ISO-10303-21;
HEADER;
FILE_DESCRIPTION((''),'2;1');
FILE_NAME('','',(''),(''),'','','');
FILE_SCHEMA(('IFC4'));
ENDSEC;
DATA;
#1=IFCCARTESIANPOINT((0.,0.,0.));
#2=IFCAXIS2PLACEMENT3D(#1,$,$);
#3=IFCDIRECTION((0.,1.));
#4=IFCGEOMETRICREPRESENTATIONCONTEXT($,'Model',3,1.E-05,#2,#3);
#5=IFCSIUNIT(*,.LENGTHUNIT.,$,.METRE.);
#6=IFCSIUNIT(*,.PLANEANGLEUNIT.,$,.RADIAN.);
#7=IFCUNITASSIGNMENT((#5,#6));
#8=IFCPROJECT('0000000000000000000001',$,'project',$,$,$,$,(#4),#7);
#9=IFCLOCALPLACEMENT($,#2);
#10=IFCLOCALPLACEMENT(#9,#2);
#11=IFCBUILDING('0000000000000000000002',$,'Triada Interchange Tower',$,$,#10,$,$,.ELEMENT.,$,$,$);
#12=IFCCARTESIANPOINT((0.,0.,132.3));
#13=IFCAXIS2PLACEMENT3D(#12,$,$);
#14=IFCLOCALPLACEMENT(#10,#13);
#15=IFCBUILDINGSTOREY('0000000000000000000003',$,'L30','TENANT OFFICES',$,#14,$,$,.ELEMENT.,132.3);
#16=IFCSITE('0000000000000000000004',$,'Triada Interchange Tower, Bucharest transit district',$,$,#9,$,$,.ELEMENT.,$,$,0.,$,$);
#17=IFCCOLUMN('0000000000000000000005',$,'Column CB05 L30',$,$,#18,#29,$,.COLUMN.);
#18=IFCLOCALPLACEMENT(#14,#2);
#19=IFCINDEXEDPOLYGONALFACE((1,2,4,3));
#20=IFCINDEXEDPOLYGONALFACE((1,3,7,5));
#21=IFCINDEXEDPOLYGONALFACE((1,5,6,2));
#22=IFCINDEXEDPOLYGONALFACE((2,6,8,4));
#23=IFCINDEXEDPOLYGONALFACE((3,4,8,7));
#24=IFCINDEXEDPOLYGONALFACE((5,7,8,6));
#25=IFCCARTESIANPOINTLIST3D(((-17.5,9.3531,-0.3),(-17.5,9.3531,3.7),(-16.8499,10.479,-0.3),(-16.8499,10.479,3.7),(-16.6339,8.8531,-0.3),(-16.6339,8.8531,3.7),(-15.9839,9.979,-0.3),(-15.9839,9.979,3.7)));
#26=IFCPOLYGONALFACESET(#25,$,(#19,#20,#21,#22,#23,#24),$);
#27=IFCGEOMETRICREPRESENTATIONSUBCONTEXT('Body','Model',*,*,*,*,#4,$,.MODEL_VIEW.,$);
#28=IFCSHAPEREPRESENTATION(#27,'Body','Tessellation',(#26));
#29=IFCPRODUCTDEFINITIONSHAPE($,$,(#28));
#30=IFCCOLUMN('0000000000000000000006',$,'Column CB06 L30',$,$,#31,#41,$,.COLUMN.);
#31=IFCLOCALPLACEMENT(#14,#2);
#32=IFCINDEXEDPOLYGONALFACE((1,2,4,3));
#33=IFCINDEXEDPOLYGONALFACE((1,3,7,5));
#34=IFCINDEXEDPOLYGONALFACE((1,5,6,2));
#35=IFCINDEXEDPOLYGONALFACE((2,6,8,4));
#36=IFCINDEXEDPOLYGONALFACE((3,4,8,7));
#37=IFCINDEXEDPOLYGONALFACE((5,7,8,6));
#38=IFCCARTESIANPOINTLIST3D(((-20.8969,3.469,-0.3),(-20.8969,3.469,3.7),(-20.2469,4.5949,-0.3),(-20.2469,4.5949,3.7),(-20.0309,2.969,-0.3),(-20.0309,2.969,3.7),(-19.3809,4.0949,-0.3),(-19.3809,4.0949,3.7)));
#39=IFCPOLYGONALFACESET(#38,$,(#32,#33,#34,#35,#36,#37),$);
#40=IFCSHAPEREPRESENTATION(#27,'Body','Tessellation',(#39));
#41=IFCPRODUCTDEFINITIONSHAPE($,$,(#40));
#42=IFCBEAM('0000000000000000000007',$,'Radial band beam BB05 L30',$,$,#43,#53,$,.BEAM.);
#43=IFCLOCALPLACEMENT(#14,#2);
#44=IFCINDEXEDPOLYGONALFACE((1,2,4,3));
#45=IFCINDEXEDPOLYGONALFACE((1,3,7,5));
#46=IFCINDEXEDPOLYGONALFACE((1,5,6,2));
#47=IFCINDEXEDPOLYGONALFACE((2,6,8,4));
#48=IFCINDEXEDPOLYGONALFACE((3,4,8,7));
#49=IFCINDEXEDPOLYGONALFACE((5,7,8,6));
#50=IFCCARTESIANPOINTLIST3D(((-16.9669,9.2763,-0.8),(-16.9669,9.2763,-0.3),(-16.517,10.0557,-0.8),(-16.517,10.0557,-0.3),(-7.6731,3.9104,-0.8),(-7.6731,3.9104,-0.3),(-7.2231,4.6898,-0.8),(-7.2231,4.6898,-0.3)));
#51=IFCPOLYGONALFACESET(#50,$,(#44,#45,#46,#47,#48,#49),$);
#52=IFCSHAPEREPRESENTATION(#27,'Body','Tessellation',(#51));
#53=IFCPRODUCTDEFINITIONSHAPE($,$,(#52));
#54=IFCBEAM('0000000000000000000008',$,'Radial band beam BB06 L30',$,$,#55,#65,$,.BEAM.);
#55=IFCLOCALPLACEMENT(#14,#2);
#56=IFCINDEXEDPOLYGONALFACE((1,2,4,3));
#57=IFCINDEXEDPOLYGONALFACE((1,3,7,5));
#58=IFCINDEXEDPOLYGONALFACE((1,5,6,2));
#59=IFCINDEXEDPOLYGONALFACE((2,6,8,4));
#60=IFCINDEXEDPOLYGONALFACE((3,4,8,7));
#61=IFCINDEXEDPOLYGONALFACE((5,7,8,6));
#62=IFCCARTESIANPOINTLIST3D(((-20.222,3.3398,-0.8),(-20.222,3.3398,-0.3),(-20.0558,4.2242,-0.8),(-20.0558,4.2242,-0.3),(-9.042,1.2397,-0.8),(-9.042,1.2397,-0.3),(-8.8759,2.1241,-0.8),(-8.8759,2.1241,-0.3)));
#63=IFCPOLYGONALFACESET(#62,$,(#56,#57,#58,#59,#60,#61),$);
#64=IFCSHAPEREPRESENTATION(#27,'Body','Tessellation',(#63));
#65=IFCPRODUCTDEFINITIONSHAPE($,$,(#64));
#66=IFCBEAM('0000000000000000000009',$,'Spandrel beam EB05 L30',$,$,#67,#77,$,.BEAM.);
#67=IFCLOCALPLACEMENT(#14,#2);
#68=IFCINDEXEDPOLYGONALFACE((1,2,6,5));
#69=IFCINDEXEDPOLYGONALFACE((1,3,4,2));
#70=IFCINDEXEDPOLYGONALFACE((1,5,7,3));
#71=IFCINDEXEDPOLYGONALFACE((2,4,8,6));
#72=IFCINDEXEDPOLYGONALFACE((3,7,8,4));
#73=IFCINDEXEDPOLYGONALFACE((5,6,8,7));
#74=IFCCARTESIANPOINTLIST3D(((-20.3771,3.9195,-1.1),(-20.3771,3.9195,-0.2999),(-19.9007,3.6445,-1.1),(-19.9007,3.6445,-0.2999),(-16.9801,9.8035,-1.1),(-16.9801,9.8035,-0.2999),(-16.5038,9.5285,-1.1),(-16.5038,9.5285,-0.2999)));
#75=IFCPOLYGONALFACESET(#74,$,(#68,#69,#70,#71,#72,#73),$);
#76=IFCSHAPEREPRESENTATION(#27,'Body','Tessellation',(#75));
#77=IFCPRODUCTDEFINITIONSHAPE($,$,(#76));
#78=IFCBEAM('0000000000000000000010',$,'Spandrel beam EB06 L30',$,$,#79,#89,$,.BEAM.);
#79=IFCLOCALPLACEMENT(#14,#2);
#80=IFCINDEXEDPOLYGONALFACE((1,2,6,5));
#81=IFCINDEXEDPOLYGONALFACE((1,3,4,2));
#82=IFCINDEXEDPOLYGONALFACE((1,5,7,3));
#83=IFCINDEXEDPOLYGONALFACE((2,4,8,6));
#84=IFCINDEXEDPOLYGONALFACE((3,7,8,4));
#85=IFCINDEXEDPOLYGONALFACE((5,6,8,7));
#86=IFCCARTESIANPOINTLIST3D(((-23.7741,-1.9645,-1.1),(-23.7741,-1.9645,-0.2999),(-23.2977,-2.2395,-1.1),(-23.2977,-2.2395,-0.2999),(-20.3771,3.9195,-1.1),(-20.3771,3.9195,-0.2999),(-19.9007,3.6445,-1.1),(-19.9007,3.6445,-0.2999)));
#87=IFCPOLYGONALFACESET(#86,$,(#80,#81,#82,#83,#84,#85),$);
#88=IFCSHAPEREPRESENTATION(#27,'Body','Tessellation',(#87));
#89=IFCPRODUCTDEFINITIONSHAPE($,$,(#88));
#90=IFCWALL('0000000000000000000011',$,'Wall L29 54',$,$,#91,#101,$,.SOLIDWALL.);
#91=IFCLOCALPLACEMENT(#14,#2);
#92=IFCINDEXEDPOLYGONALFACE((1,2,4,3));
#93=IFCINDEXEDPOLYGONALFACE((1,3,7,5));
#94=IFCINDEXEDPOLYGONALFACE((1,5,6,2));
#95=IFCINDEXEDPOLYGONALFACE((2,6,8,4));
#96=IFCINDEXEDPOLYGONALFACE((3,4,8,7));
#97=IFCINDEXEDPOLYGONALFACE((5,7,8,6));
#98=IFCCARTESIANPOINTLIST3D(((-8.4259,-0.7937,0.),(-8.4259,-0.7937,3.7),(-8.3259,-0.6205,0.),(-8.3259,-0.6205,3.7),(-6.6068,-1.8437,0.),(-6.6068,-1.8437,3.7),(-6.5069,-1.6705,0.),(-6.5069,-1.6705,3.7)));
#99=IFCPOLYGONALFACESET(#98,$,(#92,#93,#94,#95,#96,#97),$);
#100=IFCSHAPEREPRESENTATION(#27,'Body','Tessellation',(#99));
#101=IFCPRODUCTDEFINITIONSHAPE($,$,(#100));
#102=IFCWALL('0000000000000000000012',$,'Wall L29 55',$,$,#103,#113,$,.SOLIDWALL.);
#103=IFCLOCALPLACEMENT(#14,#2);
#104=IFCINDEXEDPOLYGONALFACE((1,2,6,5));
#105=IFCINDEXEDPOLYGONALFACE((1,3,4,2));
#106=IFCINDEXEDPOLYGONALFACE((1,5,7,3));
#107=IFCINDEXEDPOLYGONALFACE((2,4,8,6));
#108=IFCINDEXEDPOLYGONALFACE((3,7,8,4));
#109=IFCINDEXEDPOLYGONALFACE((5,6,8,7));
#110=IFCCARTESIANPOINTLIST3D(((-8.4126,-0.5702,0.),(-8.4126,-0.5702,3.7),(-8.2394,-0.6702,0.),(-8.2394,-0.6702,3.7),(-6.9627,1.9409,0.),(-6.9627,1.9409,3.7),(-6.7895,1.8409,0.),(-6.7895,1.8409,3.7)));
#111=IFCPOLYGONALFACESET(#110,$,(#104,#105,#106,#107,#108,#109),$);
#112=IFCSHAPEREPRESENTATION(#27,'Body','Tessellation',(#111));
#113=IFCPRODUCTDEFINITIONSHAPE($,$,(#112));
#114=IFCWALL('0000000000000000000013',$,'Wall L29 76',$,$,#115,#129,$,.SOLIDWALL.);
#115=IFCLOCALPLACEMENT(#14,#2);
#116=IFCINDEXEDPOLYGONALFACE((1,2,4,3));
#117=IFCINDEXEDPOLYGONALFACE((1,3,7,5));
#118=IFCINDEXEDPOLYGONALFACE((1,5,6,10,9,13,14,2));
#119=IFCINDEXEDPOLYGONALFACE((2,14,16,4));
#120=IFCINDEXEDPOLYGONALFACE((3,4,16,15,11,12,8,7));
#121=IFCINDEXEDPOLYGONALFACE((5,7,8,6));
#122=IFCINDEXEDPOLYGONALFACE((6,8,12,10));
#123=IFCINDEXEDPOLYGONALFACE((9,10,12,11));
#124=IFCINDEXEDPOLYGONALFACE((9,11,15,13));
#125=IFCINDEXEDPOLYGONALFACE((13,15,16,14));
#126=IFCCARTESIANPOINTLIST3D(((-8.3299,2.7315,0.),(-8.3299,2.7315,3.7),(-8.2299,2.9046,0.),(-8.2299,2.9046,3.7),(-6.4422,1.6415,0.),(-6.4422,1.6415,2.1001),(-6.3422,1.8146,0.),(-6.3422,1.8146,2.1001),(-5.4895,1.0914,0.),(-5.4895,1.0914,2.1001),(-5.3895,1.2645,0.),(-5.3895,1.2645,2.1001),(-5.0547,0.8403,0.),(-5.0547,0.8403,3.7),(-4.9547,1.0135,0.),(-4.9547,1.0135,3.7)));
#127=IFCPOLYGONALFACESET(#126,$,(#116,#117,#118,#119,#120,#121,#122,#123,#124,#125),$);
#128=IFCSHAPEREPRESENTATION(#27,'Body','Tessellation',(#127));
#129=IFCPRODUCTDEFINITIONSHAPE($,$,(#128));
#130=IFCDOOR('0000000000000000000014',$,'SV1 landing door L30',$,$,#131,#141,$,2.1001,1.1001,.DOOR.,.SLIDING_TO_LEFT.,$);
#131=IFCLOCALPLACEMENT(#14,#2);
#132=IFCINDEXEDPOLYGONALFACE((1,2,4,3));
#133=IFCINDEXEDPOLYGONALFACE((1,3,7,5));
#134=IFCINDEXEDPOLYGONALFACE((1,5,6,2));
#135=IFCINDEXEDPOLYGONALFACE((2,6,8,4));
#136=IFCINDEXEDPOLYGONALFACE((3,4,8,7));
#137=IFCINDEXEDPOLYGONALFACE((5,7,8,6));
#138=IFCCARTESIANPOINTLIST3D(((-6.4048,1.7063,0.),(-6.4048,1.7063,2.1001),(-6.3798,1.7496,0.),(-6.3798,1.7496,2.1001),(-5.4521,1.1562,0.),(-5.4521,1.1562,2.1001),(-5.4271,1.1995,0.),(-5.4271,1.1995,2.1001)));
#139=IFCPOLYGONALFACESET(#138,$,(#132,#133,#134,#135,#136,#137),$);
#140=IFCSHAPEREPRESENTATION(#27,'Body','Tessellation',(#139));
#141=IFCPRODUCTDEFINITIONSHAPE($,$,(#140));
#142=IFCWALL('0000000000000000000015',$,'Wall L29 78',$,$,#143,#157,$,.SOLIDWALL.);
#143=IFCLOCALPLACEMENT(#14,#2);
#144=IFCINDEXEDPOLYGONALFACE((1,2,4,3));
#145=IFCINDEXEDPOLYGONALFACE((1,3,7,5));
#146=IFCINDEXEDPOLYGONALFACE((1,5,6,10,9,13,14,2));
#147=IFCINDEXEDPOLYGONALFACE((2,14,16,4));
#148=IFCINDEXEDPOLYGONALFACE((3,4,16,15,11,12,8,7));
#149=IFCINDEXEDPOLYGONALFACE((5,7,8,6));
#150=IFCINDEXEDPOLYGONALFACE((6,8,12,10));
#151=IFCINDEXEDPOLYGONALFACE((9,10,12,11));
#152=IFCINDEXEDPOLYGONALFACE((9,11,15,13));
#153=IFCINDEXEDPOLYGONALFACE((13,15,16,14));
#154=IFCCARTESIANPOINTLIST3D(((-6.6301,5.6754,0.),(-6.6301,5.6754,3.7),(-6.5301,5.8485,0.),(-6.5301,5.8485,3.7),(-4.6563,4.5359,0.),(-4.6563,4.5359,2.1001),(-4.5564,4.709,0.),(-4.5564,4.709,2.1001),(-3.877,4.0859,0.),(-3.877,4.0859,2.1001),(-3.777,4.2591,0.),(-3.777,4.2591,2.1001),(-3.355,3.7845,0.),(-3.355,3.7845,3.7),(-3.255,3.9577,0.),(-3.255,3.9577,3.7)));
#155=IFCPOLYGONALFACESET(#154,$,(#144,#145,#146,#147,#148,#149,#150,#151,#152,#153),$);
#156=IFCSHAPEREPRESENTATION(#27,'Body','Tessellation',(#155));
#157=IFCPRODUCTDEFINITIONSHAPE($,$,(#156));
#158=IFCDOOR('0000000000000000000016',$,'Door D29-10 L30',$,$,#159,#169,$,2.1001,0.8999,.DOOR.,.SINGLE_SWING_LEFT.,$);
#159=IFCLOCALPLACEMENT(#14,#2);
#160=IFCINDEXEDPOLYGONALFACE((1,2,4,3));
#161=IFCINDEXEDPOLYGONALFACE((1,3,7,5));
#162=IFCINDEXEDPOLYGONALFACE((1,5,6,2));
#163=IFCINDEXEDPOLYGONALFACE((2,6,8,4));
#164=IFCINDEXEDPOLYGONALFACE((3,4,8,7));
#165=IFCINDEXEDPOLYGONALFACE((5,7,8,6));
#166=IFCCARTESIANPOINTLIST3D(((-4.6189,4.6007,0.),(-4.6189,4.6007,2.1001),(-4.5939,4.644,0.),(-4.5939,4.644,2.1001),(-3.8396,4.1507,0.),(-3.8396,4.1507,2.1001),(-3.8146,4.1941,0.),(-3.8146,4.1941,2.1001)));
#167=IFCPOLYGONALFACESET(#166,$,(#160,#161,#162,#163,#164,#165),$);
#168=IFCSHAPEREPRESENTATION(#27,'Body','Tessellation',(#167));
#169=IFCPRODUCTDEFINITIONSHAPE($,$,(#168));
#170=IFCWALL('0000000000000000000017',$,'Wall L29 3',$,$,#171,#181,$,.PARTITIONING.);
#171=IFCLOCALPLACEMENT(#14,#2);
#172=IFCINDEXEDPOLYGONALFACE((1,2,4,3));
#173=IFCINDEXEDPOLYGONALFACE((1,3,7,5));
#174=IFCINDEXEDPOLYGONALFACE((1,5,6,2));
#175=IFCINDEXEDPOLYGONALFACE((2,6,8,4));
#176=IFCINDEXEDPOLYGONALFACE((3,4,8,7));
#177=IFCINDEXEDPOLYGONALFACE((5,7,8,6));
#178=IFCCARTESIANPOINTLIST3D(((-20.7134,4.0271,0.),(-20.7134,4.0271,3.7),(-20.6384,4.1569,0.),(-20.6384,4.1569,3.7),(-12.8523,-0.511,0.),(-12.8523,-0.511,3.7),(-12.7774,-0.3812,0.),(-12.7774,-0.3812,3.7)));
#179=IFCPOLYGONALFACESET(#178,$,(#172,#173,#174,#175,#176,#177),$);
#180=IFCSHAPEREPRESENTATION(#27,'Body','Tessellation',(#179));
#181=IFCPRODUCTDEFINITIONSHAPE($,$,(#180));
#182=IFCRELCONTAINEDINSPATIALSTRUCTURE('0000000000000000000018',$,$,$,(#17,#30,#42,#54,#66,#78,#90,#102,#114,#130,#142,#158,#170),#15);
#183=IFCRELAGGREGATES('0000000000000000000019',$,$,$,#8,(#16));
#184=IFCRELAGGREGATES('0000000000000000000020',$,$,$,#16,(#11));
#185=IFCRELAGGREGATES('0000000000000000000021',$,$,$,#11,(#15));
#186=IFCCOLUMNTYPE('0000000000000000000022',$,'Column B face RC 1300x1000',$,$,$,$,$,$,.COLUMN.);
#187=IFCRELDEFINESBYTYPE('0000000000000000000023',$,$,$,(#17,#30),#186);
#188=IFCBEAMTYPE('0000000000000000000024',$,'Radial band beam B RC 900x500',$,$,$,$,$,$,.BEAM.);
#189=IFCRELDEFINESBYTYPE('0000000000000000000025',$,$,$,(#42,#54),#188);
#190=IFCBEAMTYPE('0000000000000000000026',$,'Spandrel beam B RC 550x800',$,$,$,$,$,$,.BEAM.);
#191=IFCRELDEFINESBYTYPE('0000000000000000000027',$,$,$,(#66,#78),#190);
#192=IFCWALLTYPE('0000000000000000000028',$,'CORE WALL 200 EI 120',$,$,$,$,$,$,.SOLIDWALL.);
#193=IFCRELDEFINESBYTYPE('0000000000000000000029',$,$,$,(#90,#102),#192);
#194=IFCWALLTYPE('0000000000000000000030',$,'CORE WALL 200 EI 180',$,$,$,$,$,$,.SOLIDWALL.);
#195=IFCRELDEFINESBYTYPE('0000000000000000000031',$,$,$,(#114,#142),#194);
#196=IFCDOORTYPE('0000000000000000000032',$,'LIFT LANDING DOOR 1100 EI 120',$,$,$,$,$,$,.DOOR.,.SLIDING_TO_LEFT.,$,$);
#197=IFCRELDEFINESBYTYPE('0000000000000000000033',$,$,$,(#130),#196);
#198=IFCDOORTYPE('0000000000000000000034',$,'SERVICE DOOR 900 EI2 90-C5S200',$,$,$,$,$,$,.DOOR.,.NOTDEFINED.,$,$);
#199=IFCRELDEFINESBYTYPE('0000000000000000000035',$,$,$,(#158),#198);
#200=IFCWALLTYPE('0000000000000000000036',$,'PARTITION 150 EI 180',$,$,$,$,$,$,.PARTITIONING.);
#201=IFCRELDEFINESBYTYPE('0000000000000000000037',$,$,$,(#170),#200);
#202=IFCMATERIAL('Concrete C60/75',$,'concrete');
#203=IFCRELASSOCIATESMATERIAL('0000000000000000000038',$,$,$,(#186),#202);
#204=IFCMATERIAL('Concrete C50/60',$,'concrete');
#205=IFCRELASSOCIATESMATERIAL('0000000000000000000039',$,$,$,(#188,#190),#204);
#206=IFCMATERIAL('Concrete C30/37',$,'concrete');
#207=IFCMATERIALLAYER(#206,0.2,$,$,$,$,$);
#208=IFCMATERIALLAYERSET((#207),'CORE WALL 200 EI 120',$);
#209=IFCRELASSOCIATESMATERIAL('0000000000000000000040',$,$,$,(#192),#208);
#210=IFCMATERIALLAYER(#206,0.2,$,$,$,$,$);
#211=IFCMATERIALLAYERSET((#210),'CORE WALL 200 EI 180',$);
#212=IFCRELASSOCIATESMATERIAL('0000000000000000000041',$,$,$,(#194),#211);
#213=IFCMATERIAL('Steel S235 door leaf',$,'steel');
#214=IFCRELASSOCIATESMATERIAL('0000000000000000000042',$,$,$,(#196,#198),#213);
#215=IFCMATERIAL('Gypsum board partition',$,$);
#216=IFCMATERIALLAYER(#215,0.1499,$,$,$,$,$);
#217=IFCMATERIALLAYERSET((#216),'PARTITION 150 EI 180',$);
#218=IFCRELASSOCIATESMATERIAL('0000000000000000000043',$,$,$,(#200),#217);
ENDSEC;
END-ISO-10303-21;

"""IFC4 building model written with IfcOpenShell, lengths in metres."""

from ifc_helpers import new_model, si_unit, direction, frame, frame_2d, origin, origin_2d, place, context, subcontext, project, spatial, rectangle, extrude, material, layer, layer_set, material_profile, profile_set, type_object, element, fill, save


model = new_model("IFC4")

# Units and contexts
model_context = context("Model", 3, precision=1e-05, world=origin(), true_north=direction((0.0, 1.0)))
body_context = subcontext(model_context, "Body", "Model", "MODEL_VIEW")
ifc_project = project(units=[si_unit("LENGTHUNIT", "METRE"), si_unit("PLANEANGLEUNIT", "RADIAN")], contexts=[model_context])

# Site, building, storey
site_placement = place(None, origin())
site = spatial("IfcSite", under=ifc_project, at=site_placement, Name="Triada Interchange Tower, Bucharest transit district", CompositionType="ELEMENT", RefElevation=0.0)
building_placement = place(site_placement, origin())
building = spatial("IfcBuilding", under=site, at=building_placement, Name="Triada Interchange Tower", CompositionType="ELEMENT")
storey_placement = place(building_placement, frame((0.0, 0.0, 132.3)))
storey = spatial("IfcBuildingStorey", under=building, at=storey_placement, Name="L30", Description="TENANT OFFICES", CompositionType="ELEMENT", Elevation=132.3)

# Columns
ifc_material_1 = material(Name="Concrete C60/75", Category="concrete")
ifc_material_profile_1 = material_profile(ifc_material_1, rectangle(XDim=1.3, YDim=1.0, at=origin_2d()), Name="RC 1300x1000")
ifc_profile_set_1 = profile_set([ifc_material_profile_1], Name="Concrete C60/75")
column_type = type_object("IfcColumnType", Name="Column B face RC 1300x1000", PredefinedType="COLUMN", material=ifc_profile_set_1)
for number, where, z_axis, x_axis, name in (
    (1, (-16.7419, 9.666, -0.3), (0.0, 0.0, 1.0), (0.5, 0.866025, 0.0), "Column CB05 L30"),
    (2, (-20.1389, 3.782, -0.3), (0.0, 0.0, 1.0), (0.5, 0.866025, 0.0), "Column CB06 L30"),
):
    element("IfcColumn", number, at=place(storey_placement, frame(where, z_axis=z_axis, x_axis=x_axis)), inside=storey, type_object=column_type, Name=name, PredefinedType="COLUMN", context=body_context, shape_type="SweptSolid", body=[
        extrude(rectangle(XDim=1.3, YDim=1.0, at=origin_2d()), origin(), (0.0, 0.0, 1.0), 4.0),
    ])

# Beams
ifc_material_2 = material(Name="Concrete C50/60", Category="concrete")
ifc_material_profile_2 = material_profile(ifc_material_2, rectangle(XDim=0.8999, YDim=0.5, at=origin_2d()), Name="RC 900x500")
ifc_profile_set_2 = profile_set([ifc_material_profile_2], Name="Concrete C50/60")
beam_type_1 = type_object("IfcBeamType", Name="Radial band beam B RC 900x500", PredefinedType="BEAM", material=ifc_profile_set_2)
beam_1_placement = place(storey_placement, frame((-16.7419, 9.666, -0.55), z_axis=(0.866021, -0.500007, 0.0), x_axis=(0.500007, 0.866021, 0.0)))
element("IfcBeam", 3, at=beam_1_placement, inside=storey, type_object=beam_type_1, Name="Radial band beam BB05 L30", PredefinedType="BEAM", context=body_context, shape_type="SweptSolid", body=[
    extrude(rectangle(XDim=0.8999, YDim=0.5, at=origin_2d()), origin(), (0.0, 0.0, 1.0), 10.7317),
])
beam_2_placement = place(storey_placement, frame((-20.1389, 3.782, -0.55), z_axis=(0.982811, -0.184616, 0.0), x_axis=(0.184616, 0.982811, 0.0)))
element("IfcBeam", 4, at=beam_2_placement, inside=storey, type_object=beam_type_1, Name="Radial band beam BB06 L30", PredefinedType="BEAM", context=body_context, shape_type="SweptSolid", body=[
    extrude(rectangle(XDim=0.8999, YDim=0.5, at=origin_2d()), origin(), (0.0, 0.0, 1.0), 11.3755),
])
ifc_material_profile_3 = material_profile(ifc_material_2, rectangle(XDim=0.55, YDim=0.8, at=origin_2d()), Name="RC 550x800")
ifc_profile_set_3 = profile_set([ifc_material_profile_3], Name="Concrete C50/60")
beam_type_2 = type_object("IfcBeamType", Name="Spandrel beam B RC 550x800", PredefinedType="BEAM", material=ifc_profile_set_3)
for number, where, z_axis, x_axis, name in (
    (5, (-16.7419, 9.666, -0.7), (-0.499981, -0.866037, 0.0), (0.866037, -0.499981, 0.0), "Spandrel beam EB05 L30"),
    (6, (-20.1389, 3.782, -0.7), (-0.499981, -0.866037, 0.0), (0.866037, -0.499981, 0.0), "Spandrel beam EB06 L30"),
):
    element("IfcBeam", number, at=place(storey_placement, frame(where, z_axis=z_axis, x_axis=x_axis)), inside=storey, type_object=beam_type_2, Name=name, PredefinedType="BEAM", context=body_context, shape_type="SweptSolid", body=[
        extrude(rectangle(XDim=0.55, YDim=0.8, at=origin_2d()), origin(), (0.0, 0.0, 1.0), 6.7942),
    ])

# Walls
ifc_material_3 = material(Name="Concrete C30/37", Category="concrete")
ifc_layer_1 = layer(ifc_material_3, 0.2)
ifc_layer_set_1 = layer_set([ifc_layer_1], Name="CORE WALL 200 EI 120")
wall_type_1 = type_object("IfcWallType", Name="CORE WALL 200 EI 120", PredefinedType="SOLIDWALL", material=ifc_layer_set_1)
wall_1_placement = place(storey_placement, frame((-8.376, -0.707, 0.0), z_axis=(0.0, 0.0, 1.0), x_axis=(0.866068, -0.499927, 0.0)))
element("IfcWall", 7, at=wall_1_placement, inside=storey, type_object=wall_type_1, Name="Wall L29 54", PredefinedType="SOLIDWALL", context=body_context, shape_type="SweptSolid", body=[
    extrude(rectangle(XDim=2.1003, YDim=0.2, at=frame_2d((1.0503, 0.0))), origin(), (0.0, 0.0, 1.0), 3.7),
])
wall_2_placement = place(storey_placement, frame((-8.3259, -0.6201, 0.0), z_axis=(0.0, 0.0, 1.0), x_axis=(0.500024, 0.866012, 0.0)))
element("IfcWall", 8, at=wall_2_placement, inside=storey, type_object=wall_type_1, Name="Wall L29 55", PredefinedType="SOLIDWALL", context=body_context, shape_type="SweptSolid", body=[
    extrude(rectangle(XDim=2.8997, YDim=0.2, at=frame_2d((1.4497, 0.0))), origin(), (0.0, 0.0, 1.0), 3.7),
])

# Walls, openings, doors
ifc_layer_2 = layer(ifc_material_3, 0.2)
ifc_layer_set_2 = layer_set([ifc_layer_2], Name="CORE WALL 200 EI 180")
wall_type_2 = type_object("IfcWallType", Name="CORE WALL 200 EI 180", PredefinedType="SOLIDWALL", material=ifc_layer_set_2)
wall_3_placement = place(storey_placement, frame((-8.28, 2.8181, 0.0), z_axis=(0.0, 0.0, 1.0), x_axis=(0.866002, -0.500041, 0.0)))
wall_3 = element("IfcWall", 9, at=wall_3_placement, inside=storey, type_object=wall_type_2, Name="Wall L29 76", PredefinedType="SOLIDWALL", context=body_context, shape_type="SweptSolid", body=[
    extrude(rectangle(XDim=3.782, YDim=0.2, at=frame_2d((1.8911, 0.0))), origin(), (0.0, 0.0, 1.0), 3.7),
])
opening_1_placement = place(wall_3_placement, frame((2.1799, 0.0, 0.0)))
opening_1 = element("IfcOpeningElement", 10, at=opening_1_placement, cuts=wall_3, PredefinedType="OPENING", context=body_context, shape_type="SweptSolid", body=[
    extrude(rectangle(XDim=1.1001, YDim=2.1001, at=frame_2d((0.55, 1.05))), frame((0.0, 0.1099, 0.0), z_axis=(0.0, -1.0, 0.0), x_axis=(1.0, 0.0, 0.0)), (0.0, 0.0, 1.0), 0.22),
])
ifc_material_4 = material(Name="Steel S235 door leaf", Category="steel")
door_type_1 = type_object("IfcDoorType", Name="LIFT LANDING DOOR 1100 EI 120", OperationType="SLIDING_TO_LEFT", PredefinedType="DOOR", material=ifc_material_4)
door_1_placement = place(opening_1_placement, origin())
door_1 = element("IfcDoor", 11, at=door_1_placement, inside=storey, type_object=door_type_1, Name="SV1 landing door L30", OperationType="SLIDING_TO_LEFT", OverallHeight=2.1001, OverallWidth=1.1001, PredefinedType="DOOR", context=body_context, shape_type="SweptSolid", body=[
    extrude(rectangle(XDim=1.1001, YDim=2.1001, at=frame_2d((0.55, 1.05))), frame((0.0, 0.0249, 0.0), z_axis=(0.0, -1.0, 0.0), x_axis=(1.0, 0.0, 0.0)), (0.0, 0.0, 1.0), 0.05),
])
fill(opening_1, door_1)
wall_4_placement = place(storey_placement, frame((-6.5801, 5.762, 0.0), z_axis=(0.0, 0.0, 1.0), x_axis=(0.86603, -0.499993, 0.0)))
wall_4 = element("IfcWall", 12, at=wall_4_placement, inside=storey, type_object=wall_type_2, Name="Wall L29 78", PredefinedType="SOLIDWALL", context=body_context, shape_type="SweptSolid", body=[
    extrude(rectangle(XDim=3.7817, YDim=0.2, at=frame_2d((1.8909, 0.0))), origin(), (0.0, 0.0, 1.0), 3.7),
])
opening_2_placement = place(wall_4_placement, frame((2.2791, 0.0, 0.0)))
opening_2 = element("IfcOpeningElement", 13, at=opening_2_placement, cuts=wall_4, PredefinedType="OPENING", context=body_context, shape_type="SweptSolid", body=[
    extrude(rectangle(XDim=0.8999, YDim=2.1001, at=frame_2d((0.45, 1.05))), frame((0.0, 0.1099, 0.0), z_axis=(0.0, -1.0, 0.0), x_axis=(1.0, 0.0, 0.0)), (0.0, 0.0, 1.0), 0.22),
])
door_type_2 = type_object("IfcDoorType", Name="SERVICE DOOR 900 EI2 90-C5S200", OperationType="NOTDEFINED", PredefinedType="DOOR", material=ifc_material_4)
door_2_placement = place(opening_2_placement, origin())
door_2 = element("IfcDoor", 14, at=door_2_placement, inside=storey, type_object=door_type_2, Name="Door D29-10 L30", OperationType="SINGLE_SWING_LEFT", OverallHeight=2.1001, OverallWidth=0.8999, PredefinedType="DOOR", context=body_context, shape_type="SweptSolid", body=[
    extrude(rectangle(XDim=0.8999, YDim=2.1001, at=frame_2d((0.45, 1.05))), frame((0.0, 0.0249, 0.0), z_axis=(0.0, -1.0, 0.0), x_axis=(1.0, 0.0, 0.0)), (0.0, 0.0, 1.0), 0.05),
])
fill(opening_2, door_2)

# Wall
ifc_material_5 = material(Name="Gypsum board partition")
ifc_layer_3 = layer(ifc_material_5, 0.1499)
ifc_layer_set_3 = layer_set([ifc_layer_3], Name="PARTITION 150 EI 180")
wall_type_3 = type_object("IfcWallType", Name="PARTITION 150 EI 180", PredefinedType="PARTITIONING", material=ifc_layer_set_3)
wall_5_placement = place(storey_placement, frame((-20.676, 4.092, 0.0), z_axis=(0.0, 0.0, 1.0), x_axis=(0.86605, -0.499958, 0.0)))
element("IfcWall", 15, at=wall_5_placement, inside=storey, type_object=wall_type_3, Name="Wall L29 3", PredefinedType="PARTITIONING", context=body_context, shape_type="SweptSolid", body=[
    extrude(rectangle(XDim=9.0769, YDim=0.1499, at=frame_2d((4.5386, 0.0))), origin(), (0.0, 0.0, 1.0), 3.7),
])

save(model, "model.ifc")
